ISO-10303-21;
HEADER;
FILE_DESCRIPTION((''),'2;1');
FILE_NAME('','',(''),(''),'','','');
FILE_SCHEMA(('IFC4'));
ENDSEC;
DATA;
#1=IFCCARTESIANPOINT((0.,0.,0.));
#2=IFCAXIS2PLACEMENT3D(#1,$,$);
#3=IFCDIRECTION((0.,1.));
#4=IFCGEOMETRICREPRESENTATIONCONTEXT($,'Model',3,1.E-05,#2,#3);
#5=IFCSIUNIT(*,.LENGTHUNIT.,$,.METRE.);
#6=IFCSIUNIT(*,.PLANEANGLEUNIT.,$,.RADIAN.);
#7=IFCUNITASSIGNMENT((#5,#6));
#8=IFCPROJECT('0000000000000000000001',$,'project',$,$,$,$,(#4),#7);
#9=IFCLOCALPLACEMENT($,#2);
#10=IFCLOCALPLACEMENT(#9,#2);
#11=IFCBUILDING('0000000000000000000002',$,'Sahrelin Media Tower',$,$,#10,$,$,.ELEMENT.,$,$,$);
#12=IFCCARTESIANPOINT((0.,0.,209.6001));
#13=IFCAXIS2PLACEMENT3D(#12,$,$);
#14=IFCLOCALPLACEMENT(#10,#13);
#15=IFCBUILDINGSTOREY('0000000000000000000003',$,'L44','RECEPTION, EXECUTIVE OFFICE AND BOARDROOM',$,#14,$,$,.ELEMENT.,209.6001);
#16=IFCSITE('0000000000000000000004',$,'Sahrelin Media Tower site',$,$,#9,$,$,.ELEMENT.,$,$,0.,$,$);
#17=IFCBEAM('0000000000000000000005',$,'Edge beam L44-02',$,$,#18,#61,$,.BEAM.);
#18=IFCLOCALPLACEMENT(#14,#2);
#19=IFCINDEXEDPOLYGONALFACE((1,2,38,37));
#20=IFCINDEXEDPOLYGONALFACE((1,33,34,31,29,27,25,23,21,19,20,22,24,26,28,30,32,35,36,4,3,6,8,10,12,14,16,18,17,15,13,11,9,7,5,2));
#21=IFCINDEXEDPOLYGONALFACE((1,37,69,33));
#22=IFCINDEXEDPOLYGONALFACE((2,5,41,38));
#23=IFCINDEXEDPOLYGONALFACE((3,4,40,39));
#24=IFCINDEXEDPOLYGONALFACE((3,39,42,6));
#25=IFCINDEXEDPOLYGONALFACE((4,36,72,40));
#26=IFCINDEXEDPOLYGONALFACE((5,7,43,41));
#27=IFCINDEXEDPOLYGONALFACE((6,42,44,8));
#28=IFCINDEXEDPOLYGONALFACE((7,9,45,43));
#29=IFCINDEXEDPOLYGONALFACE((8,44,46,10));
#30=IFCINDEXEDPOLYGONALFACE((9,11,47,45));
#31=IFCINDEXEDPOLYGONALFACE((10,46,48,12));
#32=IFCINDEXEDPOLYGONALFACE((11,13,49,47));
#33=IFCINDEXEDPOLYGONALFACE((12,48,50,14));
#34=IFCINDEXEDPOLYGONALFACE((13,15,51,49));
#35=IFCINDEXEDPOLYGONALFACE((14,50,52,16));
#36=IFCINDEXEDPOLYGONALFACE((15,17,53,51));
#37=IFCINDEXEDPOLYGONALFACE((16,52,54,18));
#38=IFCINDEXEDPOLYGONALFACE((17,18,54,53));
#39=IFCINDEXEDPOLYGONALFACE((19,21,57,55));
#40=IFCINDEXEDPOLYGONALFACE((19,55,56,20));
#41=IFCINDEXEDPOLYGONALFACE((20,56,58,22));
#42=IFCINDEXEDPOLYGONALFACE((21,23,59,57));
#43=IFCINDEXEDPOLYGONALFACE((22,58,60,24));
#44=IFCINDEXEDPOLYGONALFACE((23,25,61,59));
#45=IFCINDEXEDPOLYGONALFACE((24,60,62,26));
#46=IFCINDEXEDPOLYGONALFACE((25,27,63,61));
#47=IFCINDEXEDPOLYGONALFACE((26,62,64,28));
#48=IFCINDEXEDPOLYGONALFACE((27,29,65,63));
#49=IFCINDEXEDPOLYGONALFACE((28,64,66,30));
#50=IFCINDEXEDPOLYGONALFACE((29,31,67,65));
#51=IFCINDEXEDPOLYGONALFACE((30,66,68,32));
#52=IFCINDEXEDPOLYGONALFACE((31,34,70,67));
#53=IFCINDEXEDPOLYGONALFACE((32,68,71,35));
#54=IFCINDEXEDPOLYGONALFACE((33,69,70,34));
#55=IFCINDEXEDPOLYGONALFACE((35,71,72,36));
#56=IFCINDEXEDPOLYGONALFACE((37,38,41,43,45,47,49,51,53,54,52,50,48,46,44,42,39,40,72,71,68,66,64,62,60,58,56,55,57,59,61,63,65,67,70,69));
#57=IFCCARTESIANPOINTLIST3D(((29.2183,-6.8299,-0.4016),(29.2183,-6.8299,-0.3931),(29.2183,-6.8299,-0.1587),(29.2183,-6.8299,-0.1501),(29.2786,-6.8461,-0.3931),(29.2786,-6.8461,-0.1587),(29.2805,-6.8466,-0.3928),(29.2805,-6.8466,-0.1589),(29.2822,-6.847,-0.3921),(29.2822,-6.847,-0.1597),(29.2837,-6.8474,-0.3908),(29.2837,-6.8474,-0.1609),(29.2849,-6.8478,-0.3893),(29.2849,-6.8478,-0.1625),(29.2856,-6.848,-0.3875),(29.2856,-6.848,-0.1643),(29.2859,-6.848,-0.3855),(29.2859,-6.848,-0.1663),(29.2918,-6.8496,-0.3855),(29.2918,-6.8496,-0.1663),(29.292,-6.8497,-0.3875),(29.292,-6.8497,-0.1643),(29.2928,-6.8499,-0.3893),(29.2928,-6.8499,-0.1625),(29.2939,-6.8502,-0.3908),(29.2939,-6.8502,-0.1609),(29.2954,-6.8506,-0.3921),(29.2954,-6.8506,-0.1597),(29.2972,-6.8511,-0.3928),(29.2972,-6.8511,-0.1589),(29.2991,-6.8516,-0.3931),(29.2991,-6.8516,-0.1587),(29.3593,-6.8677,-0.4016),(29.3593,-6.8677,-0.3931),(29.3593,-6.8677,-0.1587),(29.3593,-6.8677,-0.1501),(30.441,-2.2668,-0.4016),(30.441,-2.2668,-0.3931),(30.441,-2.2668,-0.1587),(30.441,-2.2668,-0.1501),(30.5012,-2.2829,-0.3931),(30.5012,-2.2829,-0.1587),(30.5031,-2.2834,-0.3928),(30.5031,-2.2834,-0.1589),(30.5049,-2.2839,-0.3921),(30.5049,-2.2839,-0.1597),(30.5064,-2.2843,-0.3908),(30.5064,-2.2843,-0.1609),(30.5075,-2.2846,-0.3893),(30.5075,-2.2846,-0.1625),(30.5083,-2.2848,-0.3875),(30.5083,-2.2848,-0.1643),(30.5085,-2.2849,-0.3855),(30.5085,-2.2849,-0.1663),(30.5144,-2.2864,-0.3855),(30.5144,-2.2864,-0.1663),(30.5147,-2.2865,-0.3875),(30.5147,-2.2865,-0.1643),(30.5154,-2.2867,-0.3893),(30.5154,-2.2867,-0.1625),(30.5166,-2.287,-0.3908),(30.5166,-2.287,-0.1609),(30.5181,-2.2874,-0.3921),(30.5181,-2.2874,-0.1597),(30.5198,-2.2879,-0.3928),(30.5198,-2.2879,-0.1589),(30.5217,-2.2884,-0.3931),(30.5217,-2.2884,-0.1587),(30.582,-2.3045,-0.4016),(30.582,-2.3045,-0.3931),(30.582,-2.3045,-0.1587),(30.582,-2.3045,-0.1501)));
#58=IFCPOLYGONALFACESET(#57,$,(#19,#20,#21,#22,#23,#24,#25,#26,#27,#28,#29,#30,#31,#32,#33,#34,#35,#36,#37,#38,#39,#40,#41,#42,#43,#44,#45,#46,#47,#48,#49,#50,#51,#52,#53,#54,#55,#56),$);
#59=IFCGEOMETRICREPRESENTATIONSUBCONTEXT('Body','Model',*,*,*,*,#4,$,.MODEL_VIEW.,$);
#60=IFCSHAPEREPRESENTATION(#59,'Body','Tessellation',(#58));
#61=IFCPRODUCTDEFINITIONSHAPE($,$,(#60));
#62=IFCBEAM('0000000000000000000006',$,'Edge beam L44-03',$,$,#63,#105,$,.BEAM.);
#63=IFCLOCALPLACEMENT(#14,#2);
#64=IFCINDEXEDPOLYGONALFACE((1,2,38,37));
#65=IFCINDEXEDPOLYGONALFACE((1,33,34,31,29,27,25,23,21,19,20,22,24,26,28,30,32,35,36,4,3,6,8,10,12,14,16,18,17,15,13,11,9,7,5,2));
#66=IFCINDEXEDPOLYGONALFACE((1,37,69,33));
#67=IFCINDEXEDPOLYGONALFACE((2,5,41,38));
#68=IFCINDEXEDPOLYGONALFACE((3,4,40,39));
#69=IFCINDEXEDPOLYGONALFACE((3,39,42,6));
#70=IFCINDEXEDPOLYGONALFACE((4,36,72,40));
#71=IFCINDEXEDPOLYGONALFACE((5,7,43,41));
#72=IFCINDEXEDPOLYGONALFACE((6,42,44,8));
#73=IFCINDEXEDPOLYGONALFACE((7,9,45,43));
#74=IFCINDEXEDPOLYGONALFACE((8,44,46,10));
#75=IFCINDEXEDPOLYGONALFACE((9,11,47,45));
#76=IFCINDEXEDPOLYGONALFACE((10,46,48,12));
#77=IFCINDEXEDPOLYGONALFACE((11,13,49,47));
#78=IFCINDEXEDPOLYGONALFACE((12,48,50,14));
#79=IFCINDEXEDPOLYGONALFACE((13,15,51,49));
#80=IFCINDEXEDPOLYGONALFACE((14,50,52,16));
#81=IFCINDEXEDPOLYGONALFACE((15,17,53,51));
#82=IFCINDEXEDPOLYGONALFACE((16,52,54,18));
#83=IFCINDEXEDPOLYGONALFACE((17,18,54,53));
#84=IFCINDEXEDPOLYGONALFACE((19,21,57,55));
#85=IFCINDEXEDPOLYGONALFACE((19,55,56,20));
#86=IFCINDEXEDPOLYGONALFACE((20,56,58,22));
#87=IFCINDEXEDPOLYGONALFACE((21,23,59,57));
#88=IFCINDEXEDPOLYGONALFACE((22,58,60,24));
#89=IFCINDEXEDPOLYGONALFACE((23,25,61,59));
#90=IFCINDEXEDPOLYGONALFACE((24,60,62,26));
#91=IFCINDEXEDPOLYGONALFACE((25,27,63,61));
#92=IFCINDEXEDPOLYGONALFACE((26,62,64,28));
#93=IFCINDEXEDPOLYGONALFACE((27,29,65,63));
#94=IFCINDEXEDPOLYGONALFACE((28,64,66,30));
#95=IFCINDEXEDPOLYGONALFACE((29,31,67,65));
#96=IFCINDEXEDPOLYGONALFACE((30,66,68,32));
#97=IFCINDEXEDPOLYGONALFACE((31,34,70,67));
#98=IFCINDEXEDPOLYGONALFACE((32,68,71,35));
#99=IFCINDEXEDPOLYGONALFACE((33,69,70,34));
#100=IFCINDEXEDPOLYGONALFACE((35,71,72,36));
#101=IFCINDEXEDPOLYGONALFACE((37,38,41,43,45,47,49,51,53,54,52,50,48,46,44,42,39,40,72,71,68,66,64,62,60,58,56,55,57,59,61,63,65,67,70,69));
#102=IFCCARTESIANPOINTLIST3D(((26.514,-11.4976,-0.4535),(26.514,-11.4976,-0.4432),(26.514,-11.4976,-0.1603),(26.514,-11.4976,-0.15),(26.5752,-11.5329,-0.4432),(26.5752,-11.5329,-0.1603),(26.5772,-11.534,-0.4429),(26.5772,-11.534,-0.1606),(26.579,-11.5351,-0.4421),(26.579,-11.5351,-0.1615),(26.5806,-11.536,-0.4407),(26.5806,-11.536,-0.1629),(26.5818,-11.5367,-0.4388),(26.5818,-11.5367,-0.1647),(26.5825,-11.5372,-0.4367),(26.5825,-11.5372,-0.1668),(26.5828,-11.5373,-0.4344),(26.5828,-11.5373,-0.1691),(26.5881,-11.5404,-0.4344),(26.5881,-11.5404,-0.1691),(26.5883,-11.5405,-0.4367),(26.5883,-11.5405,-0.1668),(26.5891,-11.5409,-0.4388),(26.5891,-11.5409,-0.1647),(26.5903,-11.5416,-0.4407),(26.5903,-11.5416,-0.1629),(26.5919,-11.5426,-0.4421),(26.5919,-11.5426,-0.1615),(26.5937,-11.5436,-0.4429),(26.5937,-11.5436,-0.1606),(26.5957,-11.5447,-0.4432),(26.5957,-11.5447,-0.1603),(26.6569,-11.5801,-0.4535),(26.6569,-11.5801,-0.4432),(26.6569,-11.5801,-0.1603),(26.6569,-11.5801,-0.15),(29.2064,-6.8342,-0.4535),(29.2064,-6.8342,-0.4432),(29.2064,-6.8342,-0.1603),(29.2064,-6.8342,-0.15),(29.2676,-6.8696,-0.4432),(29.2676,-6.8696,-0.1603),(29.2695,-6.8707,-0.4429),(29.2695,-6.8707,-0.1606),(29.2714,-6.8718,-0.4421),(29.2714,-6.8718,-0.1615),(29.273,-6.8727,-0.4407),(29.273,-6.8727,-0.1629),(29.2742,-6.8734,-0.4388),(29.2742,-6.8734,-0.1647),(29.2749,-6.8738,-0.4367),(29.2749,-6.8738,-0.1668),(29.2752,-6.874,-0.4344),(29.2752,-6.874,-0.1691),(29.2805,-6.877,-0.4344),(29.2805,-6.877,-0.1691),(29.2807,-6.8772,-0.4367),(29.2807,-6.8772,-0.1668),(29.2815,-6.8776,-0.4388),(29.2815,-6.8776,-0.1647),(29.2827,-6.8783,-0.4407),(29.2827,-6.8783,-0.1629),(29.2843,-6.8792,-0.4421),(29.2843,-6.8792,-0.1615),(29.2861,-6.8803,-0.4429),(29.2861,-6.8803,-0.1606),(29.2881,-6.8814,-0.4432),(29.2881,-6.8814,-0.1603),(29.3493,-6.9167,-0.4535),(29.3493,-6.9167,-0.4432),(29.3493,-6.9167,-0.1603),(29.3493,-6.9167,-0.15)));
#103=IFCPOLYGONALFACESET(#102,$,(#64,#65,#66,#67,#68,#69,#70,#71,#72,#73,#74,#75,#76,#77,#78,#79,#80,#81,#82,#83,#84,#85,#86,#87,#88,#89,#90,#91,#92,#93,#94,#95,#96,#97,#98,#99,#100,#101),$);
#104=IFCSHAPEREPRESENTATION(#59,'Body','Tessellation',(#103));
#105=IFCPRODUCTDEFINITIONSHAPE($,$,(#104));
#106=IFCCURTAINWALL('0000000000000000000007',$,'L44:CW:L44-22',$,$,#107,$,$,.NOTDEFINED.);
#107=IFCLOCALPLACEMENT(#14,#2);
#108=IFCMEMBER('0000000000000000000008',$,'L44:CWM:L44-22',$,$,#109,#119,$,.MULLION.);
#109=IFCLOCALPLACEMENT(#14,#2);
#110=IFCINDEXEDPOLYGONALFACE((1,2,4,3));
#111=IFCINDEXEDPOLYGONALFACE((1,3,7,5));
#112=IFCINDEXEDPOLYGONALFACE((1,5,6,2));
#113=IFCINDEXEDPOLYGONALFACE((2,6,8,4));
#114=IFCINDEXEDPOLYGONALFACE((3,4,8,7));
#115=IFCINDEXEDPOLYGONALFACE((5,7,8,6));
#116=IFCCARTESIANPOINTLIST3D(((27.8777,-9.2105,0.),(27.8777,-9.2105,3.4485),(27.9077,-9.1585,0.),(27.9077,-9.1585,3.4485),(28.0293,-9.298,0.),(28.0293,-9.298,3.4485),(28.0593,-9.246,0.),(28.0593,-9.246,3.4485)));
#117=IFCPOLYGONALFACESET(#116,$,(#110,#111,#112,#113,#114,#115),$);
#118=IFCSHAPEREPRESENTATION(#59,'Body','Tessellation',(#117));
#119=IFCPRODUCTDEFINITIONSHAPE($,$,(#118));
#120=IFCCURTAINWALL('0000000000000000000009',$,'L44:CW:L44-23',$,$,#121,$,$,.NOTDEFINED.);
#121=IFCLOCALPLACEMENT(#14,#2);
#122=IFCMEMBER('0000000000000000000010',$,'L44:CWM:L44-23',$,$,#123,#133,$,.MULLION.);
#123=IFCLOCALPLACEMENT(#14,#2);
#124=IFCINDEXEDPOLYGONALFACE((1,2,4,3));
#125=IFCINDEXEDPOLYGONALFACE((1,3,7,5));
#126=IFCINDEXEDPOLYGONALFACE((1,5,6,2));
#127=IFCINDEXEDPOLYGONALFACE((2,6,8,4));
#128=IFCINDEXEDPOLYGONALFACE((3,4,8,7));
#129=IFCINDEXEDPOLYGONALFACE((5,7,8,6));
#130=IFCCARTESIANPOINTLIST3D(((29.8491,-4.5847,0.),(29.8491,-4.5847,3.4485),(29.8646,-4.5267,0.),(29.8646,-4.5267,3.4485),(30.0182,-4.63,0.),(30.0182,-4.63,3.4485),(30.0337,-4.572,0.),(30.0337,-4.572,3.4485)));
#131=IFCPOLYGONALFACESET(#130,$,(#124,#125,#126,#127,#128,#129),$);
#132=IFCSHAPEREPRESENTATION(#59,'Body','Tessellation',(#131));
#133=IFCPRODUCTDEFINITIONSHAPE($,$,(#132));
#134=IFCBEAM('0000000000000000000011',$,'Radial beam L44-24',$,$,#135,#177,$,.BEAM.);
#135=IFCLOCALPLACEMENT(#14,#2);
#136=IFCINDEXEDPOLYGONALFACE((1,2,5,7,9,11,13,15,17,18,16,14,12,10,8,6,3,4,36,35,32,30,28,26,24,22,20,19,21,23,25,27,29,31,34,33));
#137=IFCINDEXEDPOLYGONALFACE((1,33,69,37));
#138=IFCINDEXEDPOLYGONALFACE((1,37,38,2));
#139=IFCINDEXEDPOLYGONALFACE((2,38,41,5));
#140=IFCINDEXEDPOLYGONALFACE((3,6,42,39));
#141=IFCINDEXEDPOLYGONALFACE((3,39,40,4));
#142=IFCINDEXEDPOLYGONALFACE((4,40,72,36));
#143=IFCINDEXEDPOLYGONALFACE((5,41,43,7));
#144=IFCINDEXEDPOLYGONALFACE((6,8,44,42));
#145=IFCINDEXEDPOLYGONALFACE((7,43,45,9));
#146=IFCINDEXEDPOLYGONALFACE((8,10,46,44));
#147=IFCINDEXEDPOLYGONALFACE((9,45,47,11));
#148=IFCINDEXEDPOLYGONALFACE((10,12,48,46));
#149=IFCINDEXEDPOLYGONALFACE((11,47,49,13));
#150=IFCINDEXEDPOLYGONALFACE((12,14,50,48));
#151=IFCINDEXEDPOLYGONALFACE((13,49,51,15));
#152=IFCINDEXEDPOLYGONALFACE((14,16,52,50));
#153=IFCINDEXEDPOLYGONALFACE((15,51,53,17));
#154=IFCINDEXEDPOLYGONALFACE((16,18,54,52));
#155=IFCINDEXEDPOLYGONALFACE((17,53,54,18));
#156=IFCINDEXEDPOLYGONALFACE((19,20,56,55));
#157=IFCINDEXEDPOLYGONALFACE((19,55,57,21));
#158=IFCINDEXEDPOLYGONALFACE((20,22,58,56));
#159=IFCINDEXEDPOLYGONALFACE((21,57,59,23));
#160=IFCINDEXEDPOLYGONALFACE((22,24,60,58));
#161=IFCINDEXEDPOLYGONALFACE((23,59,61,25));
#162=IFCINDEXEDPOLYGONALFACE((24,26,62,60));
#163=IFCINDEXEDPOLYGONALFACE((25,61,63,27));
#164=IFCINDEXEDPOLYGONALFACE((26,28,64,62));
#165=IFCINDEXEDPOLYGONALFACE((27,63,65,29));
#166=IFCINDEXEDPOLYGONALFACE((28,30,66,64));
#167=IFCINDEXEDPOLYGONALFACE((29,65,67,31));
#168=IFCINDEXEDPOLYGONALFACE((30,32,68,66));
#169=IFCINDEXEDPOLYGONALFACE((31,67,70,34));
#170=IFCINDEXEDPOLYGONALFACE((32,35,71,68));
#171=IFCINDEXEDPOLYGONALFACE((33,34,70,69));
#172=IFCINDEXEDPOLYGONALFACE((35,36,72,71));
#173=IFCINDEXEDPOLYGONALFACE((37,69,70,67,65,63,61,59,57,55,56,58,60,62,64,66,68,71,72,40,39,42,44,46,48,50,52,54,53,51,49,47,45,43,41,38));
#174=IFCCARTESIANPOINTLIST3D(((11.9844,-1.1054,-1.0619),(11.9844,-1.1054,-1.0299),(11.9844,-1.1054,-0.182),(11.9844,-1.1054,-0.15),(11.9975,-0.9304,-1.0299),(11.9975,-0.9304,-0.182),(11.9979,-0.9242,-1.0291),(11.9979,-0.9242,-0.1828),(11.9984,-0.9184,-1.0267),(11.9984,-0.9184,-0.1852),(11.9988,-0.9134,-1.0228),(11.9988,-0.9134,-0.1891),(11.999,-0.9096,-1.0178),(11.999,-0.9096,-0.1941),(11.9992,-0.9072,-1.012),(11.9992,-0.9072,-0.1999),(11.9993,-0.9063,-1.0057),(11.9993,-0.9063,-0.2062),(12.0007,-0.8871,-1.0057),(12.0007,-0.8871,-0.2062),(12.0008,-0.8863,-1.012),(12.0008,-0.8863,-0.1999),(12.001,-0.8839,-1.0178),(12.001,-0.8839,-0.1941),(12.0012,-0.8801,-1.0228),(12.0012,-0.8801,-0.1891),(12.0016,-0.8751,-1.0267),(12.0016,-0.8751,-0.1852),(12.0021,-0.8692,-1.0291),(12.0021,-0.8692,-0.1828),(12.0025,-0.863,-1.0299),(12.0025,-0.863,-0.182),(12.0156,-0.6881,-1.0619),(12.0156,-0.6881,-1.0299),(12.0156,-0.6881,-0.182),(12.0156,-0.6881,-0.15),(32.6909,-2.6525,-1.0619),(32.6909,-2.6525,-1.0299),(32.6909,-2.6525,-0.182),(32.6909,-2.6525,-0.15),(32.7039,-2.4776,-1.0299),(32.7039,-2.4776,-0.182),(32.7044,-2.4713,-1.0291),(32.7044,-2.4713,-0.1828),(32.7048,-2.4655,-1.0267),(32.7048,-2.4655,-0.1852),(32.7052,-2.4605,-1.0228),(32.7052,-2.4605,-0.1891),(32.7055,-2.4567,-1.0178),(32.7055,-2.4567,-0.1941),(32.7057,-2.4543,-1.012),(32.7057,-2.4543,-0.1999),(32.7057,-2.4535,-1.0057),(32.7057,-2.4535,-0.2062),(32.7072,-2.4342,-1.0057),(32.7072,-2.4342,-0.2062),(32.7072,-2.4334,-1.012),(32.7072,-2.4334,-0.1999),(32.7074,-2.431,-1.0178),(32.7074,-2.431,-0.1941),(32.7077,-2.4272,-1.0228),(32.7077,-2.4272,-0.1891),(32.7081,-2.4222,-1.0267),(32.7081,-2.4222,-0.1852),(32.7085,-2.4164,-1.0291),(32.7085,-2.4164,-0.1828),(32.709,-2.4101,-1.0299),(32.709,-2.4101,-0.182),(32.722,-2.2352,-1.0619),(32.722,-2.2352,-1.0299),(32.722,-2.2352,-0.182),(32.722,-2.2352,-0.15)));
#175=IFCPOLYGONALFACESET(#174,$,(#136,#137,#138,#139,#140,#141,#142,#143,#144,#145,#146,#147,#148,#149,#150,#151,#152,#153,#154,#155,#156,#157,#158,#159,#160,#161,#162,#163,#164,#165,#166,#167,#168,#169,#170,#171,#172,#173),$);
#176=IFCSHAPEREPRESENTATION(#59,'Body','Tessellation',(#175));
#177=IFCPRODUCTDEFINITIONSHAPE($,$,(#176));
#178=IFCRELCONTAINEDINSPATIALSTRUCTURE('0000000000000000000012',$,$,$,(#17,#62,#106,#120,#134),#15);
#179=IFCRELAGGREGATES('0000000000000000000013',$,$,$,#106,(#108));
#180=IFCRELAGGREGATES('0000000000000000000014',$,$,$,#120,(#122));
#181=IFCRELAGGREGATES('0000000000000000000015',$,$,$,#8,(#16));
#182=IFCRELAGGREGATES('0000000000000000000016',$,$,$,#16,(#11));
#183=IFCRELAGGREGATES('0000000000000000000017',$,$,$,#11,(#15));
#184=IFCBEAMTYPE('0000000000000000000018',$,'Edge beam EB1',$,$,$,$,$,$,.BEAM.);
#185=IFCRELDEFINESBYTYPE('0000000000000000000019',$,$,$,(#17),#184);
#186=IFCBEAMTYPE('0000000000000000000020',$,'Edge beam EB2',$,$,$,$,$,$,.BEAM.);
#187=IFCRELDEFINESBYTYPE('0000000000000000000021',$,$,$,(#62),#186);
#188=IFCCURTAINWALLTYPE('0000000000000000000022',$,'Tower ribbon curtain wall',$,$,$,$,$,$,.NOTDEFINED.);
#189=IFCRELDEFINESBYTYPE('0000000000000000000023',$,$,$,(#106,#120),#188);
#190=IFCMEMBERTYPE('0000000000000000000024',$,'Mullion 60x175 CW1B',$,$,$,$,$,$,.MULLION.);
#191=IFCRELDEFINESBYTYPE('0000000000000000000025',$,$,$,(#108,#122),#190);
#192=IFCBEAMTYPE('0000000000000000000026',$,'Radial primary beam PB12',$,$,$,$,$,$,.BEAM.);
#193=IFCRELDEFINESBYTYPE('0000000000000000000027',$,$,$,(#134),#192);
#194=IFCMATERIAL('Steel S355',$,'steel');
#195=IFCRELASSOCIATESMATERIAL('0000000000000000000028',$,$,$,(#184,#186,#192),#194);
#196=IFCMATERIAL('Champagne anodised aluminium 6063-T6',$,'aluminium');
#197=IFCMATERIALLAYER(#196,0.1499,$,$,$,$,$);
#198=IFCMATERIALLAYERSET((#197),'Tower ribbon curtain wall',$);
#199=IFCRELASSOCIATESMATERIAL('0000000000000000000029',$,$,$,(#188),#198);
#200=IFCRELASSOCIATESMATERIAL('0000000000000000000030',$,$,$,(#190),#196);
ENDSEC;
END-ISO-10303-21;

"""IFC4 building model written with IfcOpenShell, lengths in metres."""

from ifc_helpers import new_model, si_unit, direction, frame, origin, origin_2d, place, context, subcontext, project, spatial, rectangle, i_section, extrude, material, layer, layer_set, material_profile, profile_set, type_object, element, aggregate, save


model = new_model("IFC4")

# Units and contexts
model_context = context("Model", 3, precision=1e-05, world=origin(), true_north=direction((0.0, 1.0)))
body_context = subcontext(model_context, "Body", "Model", "MODEL_VIEW")
ifc_project = project(units=[si_unit("LENGTHUNIT", "METRE"), si_unit("PLANEANGLEUNIT", "RADIAN")], contexts=[model_context])

# Site, building, storey
site_placement = place(None, origin())
site = spatial("IfcSite", under=ifc_project, at=site_placement, Name="Sahrelin Media Tower site", CompositionType="ELEMENT", RefElevation=0.0)
building_placement = place(site_placement, origin())
building = spatial("IfcBuilding", under=site, at=building_placement, Name="Sahrelin Media Tower", CompositionType="ELEMENT")
storey_placement = place(building_placement, frame((0.0, 0.0, 209.6001)))
storey = spatial("IfcBuildingStorey", under=building, at=storey_placement, Name="L44", Description="RECEPTION, EXECUTIVE OFFICE AND BOARDROOM", CompositionType="ELEMENT", Elevation=209.6001)

# Beams
ifc_material_1 = material(Name="Steel S355", Category="steel")
ifc_material_profile_1 = material_profile(ifc_material_1, i_section(OverallWidth=0.146, OverallDepth=0.2515, WebThickness=0.0061, FlangeThickness=0.0085, FilletRadius=0.0076, at=origin_2d()), Name="UB 254x146x31")
ifc_profile_set_1 = profile_set([ifc_material_profile_1], Name="Steel S355")
beam_type_1 = type_object("IfcBeamType", Name="Edge beam EB1", PredefinedType="BEAM", material=ifc_profile_set_1)
beam_1_placement = place(storey_placement, frame((30.5115, -2.2856, -0.2759), z_axis=(-0.258808, -0.965929, 0.0), x_axis=(0.965929, -0.258808, 0.0)))
element("IfcBeam", 1, at=beam_1_placement, inside=storey, type_object=beam_type_1, Name="Edge beam L44-02", PredefinedType="BEAM", context=body_context, shape_type="SweptSolid", body=[
    extrude(i_section(OverallWidth=0.146, OverallDepth=0.2515, WebThickness=0.0061, FlangeThickness=0.0085, FilletRadius=0.0076, at=origin_2d()), origin(), (0.0, 0.0, 1.0), 4.7241),
])
ifc_material_profile_2 = material_profile(ifc_material_1, i_section(OverallWidth=0.165, OverallDepth=0.3035, WebThickness=0.0061, FlangeThickness=0.0103, FilletRadius=0.0088, at=origin_2d()), Name="UB 305x165x40")
ifc_profile_set_2 = profile_set([ifc_material_profile_2], Name="Steel S355")
beam_type_2 = type_object("IfcBeamType", Name="Edge beam EB2", PredefinedType="BEAM", material=ifc_profile_set_2)
beam_2_placement = place(storey_placement, frame((29.2778, -6.8755, -0.3018), z_axis=(-0.500001, -0.866025, 0.0), x_axis=(0.866025, -0.500001, 0.0)))
element("IfcBeam", 2, at=beam_2_placement, inside=storey, type_object=beam_type_2, Name="Edge beam L44-03", PredefinedType="BEAM", context=body_context, shape_type="SweptSolid", body=[
    extrude(i_section(OverallWidth=0.165, OverallDepth=0.3035, WebThickness=0.0061, FlangeThickness=0.0103, FilletRadius=0.0088, at=origin_2d()), origin(), (0.0, 0.0, 1.0), 5.3848),
])

# Curtain walls, members
ifc_material_2 = material(Name="Champagne anodised aluminium 6063-T6", Category="aluminium")
ifc_layer_1 = layer(ifc_material_2, 0.1499)
ifc_layer_set_1 = layer_set([ifc_layer_1], Name="Tower ribbon curtain wall")
curtain_wall_type = type_object("IfcCurtainWallType", Name="Tower ribbon curtain wall", PredefinedType="NOTDEFINED", material=ifc_layer_set_1)
curtain_wall_1_placement = place(storey_placement, frame((28.0615, -9.282, 0.0), z_axis=(0.0, 0.0, 1.0), x_axis=(1.0, 0.0, 0.0)))
curtain_wall_1 = element("IfcCurtainWall", 3, at=curtain_wall_1_placement, inside=storey, type_object=curtain_wall_type, Name="L44:CW:L44-22", PredefinedType="NOTDEFINED")
ifc_material_profile_3 = material_profile(ifc_material_2, rectangle(XDim=0.0601, YDim=0.175, at=origin_2d()), Name="Mullion 60x175")
ifc_profile_set_3 = profile_set([ifc_material_profile_3], Name="Champagne anodised aluminium 6063-T6")
member_type_1 = type_object("IfcMemberType", Name="Mullion 60x175 CW1B", PredefinedType="MULLION", material=ifc_profile_set_3)
member_1_placement = place(storey_placement, frame((27.9685, -9.2283, 0.0), z_axis=(0.0, 0.0, 1.0), x_axis=(0.500002, 0.866025, 0.0)))
member_1 = element("IfcMember", 4, at=member_1_placement, type_object=member_type_1, Name="L44:CWM:L44-22", PredefinedType="MULLION", context=body_context, shape_type="SweptSolid", body=[
    extrude(rectangle(XDim=0.0601, YDim=0.175, at=origin_2d()), origin(), (0.0, 0.0, 1.0), 3.4485),
])
aggregate(curtain_wall_1, [member_1])
curtain_wall_2_placement = place(storey_placement, frame((30.0452, -4.6062, 0.0), z_axis=(0.0, 0.0, 1.0), x_axis=(1.0, 0.0, 0.0)))
curtain_wall_2 = element("IfcCurtainWall", 5, at=curtain_wall_2_placement, inside=storey, type_object=curtain_wall_type, Name="L44:CW:L44-23", PredefinedType="NOTDEFINED")
member_2_placement = place(storey_placement, frame((29.9414, -4.5784, 0.0), z_axis=(0.0, 0.0, 1.0), x_axis=(0.258811, 0.965928, 0.0)))
member_2 = element("IfcMember", 6, at=member_2_placement, type_object=member_type_1, Name="L44:CWM:L44-23", PredefinedType="MULLION", context=body_context, shape_type="SweptSolid", body=[
    extrude(rectangle(XDim=0.0601, YDim=0.175, at=origin_2d()), origin(), (0.0, 0.0, 1.0), 3.4485),
])

# Beam
ifc_material_profile_4 = material_profile(ifc_material_1, i_section(OverallWidth=0.4185, OverallDepth=0.9119, WebThickness=0.0193, FlangeThickness=0.032, FilletRadius=0.0242, at=origin_2d()), Name="UB 914x419x343")
ifc_profile_set_4 = profile_set([ifc_material_profile_4], Name="Steel S355")
beam_type_3 = type_object("IfcBeamType", Name="Radial primary beam PB12", PredefinedType="BEAM", material=ifc_profile_set_4)
beam_3_placement = place(storey_placement, frame((12.0, -0.8967, -0.606), z_axis=(0.99722, -0.074509, 0.0), x_axis=(0.074509, 0.99722, 0.0)))
element("IfcBeam", 7, at=beam_3_placement, inside=storey, type_object=beam_type_3, Name="Radial beam L44-24", PredefinedType="BEAM", context=body_context, shape_type="SweptSolid", body=[
    extrude(i_section(OverallWidth=0.4185, OverallDepth=0.9119, WebThickness=0.0193, FlangeThickness=0.032, FilletRadius=0.0242, at=origin_2d()), origin(), (0.0, 0.0, 1.0), 20.7642),
])

aggregate(curtain_wall_2, [member_2])

save(model, "model.ifc")
